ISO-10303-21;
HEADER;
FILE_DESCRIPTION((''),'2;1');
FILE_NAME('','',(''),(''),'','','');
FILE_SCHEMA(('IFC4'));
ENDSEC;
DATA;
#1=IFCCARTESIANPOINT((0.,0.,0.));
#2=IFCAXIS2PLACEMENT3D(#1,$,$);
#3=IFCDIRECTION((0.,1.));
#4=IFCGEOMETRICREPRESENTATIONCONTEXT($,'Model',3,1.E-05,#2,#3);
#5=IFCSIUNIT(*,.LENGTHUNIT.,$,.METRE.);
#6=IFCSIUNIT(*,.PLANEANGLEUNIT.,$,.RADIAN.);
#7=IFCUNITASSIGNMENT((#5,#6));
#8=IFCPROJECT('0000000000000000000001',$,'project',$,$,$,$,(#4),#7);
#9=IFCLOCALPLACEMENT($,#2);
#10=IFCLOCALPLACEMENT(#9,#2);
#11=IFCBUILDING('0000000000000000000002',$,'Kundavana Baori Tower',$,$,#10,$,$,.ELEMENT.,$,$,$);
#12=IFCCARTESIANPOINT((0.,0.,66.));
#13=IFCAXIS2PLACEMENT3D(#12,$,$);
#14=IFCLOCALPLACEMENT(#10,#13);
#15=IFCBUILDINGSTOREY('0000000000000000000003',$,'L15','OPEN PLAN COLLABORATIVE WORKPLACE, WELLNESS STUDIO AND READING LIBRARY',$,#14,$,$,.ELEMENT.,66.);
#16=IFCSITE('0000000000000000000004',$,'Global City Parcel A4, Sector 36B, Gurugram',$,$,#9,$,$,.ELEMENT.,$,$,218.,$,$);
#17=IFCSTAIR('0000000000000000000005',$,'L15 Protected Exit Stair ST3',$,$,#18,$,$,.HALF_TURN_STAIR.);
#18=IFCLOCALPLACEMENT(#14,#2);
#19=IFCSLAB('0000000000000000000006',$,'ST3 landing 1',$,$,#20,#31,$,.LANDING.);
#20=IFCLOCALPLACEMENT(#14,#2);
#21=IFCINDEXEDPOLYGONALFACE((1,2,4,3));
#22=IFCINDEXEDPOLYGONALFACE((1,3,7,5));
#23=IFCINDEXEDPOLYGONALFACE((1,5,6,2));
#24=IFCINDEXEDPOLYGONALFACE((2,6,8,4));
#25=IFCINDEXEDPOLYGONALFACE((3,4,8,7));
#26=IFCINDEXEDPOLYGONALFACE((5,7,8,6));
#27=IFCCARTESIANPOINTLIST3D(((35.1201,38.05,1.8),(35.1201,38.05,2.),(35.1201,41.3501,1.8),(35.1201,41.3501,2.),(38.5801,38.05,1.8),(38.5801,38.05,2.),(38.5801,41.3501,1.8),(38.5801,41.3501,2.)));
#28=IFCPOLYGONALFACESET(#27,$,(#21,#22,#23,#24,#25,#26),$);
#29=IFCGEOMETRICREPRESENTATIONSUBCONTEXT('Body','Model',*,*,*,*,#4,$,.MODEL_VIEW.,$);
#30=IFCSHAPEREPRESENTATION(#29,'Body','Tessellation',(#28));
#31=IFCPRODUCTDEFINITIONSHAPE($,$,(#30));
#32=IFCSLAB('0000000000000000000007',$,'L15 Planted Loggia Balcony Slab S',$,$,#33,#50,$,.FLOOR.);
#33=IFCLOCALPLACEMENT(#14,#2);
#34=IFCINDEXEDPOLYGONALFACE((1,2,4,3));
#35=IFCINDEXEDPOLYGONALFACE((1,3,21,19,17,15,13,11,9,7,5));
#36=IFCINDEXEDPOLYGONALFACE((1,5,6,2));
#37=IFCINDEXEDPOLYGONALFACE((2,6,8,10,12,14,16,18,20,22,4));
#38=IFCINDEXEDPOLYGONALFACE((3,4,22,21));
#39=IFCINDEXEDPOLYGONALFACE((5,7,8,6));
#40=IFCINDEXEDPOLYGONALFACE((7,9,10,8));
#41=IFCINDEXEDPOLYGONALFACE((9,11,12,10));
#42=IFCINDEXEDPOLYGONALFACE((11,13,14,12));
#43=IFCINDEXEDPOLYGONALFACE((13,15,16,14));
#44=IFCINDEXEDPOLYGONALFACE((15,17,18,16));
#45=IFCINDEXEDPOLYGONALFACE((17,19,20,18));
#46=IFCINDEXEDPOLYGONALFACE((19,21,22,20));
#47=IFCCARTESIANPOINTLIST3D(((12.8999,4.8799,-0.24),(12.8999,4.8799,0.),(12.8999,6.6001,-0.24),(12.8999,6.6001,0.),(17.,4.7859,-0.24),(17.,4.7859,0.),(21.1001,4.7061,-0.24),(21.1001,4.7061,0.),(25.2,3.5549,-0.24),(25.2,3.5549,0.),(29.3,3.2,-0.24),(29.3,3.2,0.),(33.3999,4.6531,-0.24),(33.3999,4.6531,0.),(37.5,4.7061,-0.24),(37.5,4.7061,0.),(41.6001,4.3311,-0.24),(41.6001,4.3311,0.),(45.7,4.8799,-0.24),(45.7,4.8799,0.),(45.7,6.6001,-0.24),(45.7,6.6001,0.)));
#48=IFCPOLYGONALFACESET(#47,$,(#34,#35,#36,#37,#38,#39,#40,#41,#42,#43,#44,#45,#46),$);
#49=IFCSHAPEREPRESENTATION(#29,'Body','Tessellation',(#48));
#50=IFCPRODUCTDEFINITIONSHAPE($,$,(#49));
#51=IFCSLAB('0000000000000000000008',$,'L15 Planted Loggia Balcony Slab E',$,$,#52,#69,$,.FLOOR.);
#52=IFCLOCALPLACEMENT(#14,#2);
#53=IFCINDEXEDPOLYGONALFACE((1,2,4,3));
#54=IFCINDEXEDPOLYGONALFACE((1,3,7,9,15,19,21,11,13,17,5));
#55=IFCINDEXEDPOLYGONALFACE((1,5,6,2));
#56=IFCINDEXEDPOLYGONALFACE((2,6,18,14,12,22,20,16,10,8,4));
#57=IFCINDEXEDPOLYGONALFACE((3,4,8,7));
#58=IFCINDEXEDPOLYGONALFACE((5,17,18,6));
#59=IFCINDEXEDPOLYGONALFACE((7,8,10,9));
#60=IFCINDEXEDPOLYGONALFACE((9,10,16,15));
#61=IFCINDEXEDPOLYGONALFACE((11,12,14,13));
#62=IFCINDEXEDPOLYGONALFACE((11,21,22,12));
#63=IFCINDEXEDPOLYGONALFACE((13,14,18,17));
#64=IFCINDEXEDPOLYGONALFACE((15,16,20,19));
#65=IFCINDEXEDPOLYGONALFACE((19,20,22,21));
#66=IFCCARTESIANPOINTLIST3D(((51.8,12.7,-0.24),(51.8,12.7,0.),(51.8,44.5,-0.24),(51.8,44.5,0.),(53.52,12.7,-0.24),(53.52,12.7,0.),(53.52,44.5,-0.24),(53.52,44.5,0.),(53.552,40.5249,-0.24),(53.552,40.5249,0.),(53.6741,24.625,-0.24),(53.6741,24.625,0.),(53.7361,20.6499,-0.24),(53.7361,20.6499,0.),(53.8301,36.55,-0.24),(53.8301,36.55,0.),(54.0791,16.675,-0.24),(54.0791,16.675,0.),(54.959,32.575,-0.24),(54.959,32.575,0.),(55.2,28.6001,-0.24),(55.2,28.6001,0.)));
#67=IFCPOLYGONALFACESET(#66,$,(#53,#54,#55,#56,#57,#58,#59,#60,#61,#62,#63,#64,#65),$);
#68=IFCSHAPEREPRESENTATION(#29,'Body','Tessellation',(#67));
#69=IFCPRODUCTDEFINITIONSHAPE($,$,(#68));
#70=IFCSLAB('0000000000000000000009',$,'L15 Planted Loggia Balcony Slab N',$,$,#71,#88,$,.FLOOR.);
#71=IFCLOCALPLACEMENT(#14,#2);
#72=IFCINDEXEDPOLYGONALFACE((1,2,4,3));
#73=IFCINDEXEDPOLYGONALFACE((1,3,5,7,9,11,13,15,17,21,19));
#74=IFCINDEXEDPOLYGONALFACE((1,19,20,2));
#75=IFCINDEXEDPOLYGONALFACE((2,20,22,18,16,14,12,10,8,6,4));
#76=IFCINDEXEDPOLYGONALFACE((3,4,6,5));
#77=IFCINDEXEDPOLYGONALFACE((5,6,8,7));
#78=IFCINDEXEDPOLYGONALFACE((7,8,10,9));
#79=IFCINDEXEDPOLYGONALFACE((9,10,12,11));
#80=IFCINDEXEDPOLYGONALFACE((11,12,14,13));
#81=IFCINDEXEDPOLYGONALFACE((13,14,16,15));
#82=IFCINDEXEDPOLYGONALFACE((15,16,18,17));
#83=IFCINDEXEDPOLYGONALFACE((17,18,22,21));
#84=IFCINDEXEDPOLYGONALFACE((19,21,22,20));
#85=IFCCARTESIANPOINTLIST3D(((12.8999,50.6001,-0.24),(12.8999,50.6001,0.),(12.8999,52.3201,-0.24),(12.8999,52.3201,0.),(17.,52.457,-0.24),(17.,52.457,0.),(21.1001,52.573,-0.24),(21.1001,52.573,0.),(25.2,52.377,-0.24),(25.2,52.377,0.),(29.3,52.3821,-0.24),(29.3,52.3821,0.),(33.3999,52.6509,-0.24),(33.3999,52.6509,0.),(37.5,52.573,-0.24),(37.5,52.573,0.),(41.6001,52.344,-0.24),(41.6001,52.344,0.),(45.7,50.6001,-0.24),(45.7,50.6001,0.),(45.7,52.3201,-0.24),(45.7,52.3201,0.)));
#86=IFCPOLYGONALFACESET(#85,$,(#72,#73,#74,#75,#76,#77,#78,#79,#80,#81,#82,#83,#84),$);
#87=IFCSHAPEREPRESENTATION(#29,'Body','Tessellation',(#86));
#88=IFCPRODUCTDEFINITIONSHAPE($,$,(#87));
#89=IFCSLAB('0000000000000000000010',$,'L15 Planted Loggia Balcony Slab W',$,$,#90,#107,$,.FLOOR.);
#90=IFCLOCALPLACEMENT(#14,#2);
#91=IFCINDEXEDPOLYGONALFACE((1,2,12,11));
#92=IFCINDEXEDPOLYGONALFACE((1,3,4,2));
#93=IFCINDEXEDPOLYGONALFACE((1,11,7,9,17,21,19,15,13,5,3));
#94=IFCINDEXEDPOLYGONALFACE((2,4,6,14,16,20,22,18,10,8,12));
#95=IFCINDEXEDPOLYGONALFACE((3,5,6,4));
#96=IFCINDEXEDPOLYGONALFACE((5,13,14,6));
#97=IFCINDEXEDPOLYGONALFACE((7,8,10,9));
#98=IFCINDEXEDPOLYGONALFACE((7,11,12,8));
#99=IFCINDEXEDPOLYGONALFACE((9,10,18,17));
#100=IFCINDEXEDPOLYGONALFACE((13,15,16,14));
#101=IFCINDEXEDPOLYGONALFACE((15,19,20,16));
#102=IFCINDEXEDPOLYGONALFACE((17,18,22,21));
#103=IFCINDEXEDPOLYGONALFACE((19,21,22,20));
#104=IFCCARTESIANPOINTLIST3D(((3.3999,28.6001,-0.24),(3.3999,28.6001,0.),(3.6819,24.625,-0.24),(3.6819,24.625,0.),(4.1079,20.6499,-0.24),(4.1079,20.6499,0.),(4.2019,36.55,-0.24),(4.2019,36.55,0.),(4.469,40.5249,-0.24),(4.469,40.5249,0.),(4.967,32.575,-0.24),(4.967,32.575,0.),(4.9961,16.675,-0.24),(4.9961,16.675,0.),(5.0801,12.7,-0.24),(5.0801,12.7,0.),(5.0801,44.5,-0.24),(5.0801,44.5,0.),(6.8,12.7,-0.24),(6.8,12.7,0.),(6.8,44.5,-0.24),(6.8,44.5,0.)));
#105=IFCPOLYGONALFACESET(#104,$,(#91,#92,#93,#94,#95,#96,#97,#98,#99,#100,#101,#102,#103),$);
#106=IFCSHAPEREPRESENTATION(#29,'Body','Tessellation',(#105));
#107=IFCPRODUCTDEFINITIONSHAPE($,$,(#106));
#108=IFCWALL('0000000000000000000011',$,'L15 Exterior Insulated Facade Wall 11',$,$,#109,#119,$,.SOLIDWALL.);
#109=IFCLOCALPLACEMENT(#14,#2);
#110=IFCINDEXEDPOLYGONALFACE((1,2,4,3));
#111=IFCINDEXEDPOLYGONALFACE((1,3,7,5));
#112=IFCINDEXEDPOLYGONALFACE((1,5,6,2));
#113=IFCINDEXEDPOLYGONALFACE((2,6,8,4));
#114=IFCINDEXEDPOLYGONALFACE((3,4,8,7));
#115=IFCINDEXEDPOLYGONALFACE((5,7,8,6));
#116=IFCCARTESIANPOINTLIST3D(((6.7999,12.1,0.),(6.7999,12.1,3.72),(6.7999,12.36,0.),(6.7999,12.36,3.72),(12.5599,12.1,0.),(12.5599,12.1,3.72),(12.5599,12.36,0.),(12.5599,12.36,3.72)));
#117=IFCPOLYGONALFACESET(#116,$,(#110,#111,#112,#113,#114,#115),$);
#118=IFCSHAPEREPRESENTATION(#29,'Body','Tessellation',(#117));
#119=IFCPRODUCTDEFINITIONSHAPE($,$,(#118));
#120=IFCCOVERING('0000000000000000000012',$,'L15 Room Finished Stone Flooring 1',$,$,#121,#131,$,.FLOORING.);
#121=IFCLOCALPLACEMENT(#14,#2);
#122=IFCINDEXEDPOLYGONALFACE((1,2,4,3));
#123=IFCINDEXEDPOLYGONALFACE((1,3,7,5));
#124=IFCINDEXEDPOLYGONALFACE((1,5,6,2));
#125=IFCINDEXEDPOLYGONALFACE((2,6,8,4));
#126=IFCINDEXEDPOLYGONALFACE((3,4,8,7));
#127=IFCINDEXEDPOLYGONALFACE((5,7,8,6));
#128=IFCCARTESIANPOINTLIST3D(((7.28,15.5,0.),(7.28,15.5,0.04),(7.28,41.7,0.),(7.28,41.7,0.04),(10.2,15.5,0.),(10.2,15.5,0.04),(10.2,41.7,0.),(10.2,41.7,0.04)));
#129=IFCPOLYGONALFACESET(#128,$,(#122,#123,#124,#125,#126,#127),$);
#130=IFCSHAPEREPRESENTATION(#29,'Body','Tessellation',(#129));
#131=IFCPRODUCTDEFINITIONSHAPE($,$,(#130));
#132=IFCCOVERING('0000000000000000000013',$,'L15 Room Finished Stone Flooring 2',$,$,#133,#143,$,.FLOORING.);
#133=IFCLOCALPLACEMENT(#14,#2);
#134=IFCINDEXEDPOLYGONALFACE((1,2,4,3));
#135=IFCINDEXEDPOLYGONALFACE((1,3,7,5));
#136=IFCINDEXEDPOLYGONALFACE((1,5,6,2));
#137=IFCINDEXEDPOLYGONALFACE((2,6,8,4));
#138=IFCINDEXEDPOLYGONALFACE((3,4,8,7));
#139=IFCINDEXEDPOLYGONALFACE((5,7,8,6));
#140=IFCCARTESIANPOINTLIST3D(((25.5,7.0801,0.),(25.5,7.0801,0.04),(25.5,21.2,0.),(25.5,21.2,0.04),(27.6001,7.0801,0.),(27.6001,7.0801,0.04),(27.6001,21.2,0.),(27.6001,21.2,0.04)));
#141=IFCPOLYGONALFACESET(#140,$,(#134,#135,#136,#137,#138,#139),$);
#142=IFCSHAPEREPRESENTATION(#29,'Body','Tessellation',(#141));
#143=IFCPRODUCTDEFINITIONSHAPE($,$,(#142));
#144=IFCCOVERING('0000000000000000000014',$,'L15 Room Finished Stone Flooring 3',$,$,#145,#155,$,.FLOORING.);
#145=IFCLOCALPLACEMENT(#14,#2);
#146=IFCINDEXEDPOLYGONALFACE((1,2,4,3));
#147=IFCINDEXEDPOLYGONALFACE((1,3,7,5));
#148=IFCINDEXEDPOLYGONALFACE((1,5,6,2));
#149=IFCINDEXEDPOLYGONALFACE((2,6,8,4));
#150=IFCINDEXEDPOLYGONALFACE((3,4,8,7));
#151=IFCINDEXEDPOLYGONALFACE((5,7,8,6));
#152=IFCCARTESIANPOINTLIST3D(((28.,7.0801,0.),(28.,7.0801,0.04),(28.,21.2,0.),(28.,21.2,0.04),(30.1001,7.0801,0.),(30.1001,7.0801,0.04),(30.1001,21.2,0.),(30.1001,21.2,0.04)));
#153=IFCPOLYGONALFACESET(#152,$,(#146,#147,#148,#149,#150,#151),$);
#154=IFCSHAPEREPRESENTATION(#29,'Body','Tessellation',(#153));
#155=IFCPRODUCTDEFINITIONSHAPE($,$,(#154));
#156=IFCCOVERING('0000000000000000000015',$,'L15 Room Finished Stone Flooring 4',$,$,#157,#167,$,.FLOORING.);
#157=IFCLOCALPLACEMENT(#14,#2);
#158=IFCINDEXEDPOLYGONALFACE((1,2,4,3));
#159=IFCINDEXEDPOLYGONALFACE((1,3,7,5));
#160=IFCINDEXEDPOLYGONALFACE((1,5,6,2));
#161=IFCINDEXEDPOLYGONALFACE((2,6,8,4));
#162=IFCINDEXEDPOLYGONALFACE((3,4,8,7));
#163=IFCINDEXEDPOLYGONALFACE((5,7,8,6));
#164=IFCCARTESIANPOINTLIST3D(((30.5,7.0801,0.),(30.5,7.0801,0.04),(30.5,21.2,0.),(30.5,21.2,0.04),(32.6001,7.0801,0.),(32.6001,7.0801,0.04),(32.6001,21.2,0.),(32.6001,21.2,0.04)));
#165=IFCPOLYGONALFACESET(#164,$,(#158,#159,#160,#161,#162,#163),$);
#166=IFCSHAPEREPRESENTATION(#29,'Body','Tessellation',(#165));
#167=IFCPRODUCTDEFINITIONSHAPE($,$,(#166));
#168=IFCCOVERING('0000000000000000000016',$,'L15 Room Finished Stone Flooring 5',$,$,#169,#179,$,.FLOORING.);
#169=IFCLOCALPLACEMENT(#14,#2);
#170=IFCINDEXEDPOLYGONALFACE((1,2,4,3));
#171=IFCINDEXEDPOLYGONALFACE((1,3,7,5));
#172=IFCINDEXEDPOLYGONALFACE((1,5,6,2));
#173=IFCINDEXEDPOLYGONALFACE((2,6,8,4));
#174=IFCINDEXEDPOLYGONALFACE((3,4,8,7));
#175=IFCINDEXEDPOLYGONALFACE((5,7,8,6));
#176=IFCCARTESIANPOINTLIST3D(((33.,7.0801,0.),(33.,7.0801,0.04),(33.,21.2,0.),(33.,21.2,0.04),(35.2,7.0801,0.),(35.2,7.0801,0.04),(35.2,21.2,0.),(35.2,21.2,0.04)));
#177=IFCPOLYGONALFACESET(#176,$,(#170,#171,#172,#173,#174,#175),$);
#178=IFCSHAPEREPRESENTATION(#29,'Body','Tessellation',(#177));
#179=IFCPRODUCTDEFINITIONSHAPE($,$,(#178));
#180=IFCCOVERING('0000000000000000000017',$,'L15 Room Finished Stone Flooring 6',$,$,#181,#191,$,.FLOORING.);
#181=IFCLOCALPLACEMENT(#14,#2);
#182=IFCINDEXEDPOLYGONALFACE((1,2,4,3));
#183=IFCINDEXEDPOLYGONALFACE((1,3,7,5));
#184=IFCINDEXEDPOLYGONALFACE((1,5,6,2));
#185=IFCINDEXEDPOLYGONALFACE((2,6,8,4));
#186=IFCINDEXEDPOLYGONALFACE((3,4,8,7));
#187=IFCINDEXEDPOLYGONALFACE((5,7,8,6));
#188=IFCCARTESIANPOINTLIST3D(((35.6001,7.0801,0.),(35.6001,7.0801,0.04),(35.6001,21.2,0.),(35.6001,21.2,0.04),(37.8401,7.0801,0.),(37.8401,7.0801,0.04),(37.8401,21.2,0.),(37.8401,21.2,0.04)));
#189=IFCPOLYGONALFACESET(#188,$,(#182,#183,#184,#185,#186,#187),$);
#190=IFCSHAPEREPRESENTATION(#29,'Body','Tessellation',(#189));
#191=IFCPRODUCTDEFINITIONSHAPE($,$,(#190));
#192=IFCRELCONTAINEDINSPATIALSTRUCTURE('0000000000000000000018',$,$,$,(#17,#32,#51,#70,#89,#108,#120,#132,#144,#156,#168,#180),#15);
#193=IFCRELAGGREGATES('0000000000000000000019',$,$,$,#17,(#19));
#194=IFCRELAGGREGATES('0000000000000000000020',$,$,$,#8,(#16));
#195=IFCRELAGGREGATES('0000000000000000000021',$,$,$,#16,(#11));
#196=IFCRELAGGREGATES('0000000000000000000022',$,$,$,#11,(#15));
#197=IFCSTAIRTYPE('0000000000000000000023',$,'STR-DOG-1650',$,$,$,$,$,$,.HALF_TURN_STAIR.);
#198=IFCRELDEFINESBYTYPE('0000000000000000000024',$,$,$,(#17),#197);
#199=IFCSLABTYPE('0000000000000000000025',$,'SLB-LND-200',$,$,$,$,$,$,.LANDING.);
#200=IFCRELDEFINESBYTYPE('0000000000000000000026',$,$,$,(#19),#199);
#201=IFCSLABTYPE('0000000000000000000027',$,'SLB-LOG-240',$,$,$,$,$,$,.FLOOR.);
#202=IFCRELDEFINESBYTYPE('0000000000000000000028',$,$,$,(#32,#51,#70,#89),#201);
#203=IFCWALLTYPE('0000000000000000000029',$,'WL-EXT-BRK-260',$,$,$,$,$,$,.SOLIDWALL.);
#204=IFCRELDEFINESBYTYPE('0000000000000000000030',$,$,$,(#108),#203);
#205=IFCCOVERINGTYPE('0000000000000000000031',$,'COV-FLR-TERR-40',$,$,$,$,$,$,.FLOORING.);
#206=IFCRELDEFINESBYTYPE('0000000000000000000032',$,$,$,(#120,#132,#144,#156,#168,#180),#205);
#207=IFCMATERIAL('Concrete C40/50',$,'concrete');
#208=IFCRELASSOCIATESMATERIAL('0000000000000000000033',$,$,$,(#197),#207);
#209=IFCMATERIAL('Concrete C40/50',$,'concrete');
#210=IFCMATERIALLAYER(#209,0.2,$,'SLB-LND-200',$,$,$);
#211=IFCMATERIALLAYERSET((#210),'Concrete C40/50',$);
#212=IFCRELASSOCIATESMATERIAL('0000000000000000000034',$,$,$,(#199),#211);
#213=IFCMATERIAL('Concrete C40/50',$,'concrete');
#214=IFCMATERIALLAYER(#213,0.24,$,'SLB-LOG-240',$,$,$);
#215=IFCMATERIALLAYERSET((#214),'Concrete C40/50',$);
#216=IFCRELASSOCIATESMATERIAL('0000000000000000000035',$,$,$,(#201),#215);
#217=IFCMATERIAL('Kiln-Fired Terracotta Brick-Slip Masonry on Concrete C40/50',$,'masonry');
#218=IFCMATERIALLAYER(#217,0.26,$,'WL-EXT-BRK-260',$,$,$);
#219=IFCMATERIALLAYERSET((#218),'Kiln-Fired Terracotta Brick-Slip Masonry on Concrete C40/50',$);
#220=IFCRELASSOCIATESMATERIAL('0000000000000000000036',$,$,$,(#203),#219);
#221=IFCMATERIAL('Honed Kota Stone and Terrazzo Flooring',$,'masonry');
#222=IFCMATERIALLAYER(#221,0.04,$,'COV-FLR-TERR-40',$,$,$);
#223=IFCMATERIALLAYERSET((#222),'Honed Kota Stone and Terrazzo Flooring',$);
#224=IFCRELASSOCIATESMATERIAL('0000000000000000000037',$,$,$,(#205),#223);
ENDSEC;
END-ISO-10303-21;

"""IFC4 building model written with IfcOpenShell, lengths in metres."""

from ifc_helpers import new_model, si_unit, direction, frame, frame_2d, origin, place, context, subcontext, project, spatial, polyline, rectangle, outline, extrude, material, layer, layer_set, type_object, element, aggregate, save


model = new_model("IFC4")

# Units and contexts
model_context = context("Model", 3, precision=1e-05, world=origin(), true_north=direction((0.0, 1.0)))
body_context = subcontext(model_context, "Body", "Model", "MODEL_VIEW")
ifc_project = project(units=[si_unit("LENGTHUNIT", "METRE"), si_unit("PLANEANGLEUNIT", "RADIAN")], contexts=[model_context])

# Site, building, storey
site_placement = place(None, origin())
site = spatial("IfcSite", under=ifc_project, at=site_placement, Name="Global City Parcel A4, Sector 36B, Gurugram", CompositionType="ELEMENT", RefElevation=218.0)
building_placement = place(site_placement, origin())
building = spatial("IfcBuilding", under=site, at=building_placement, Name="Kundavana Baori Tower", CompositionType="ELEMENT")
storey_placement = place(building_placement, frame((0.0, 0.0, 66.0)))
storey = spatial("IfcBuildingStorey", under=building, at=storey_placement, Name="L15", Description="OPEN PLAN COLLABORATIVE WORKPLACE, WELLNESS STUDIO AND READING LIBRARY", CompositionType="ELEMENT", Elevation=66.0)

# Stair, slab
ifc_material_1 = material(Name="Concrete C40/50", Category="concrete")
stair_type = type_object("IfcStairType", Name="STR-DOG-1650", PredefinedType="HALF_TURN_STAIR", material=ifc_material_1)
ifc_material_2 = material(Name="Concrete C40/50", Category="concrete")
ifc_layer_1 = layer(ifc_material_2, 0.2, Name="SLB-LND-200")
ifc_layer_set_1 = layer_set([ifc_layer_1], Name="Concrete C40/50")
slab_type_1 = type_object("IfcSlabType", Name="SLB-LND-200", PredefinedType="LANDING", material=ifc_layer_set_1)
stair_1_placement = place(storey_placement, origin())
stair_1 = element("IfcStair", 1, at=stair_1_placement, inside=storey, type_object=stair_type, Name="L15 Protected Exit Stair ST3", PredefinedType="HALF_TURN_STAIR")
slab_1_placement = place(storey_placement, frame((0.0, 0.0, 1.8)))
slab_1 = element("IfcSlab", 2, at=slab_1_placement, type_object=slab_type_1, Name="ST3 landing 1", PredefinedType="LANDING", context=body_context, shape_type="SweptSolid", body=[
    extrude(outline(polyline([(38.5801, 38.05), (38.5801, 41.3501), (35.1201, 41.3501), (35.1201, 38.05), (38.5801, 38.05)])), origin(), (0.0, 0.0, 1.0), 0.2),
])
aggregate(stair_1, [slab_1])

# Slabs
ifc_material_3 = material(Name="Concrete C40/50", Category="concrete")
ifc_layer_2 = layer(ifc_material_3, 0.24, Name="SLB-LOG-240")
ifc_layer_set_2 = layer_set([ifc_layer_2], Name="Concrete C40/50")
slab_type_2 = type_object("IfcSlabType", Name="SLB-LOG-240", PredefinedType="FLOOR", material=ifc_layer_set_2)
slab_2_placement = place(storey_placement, frame((0.0, 0.0, -0.24)))
element("IfcSlab", 3, at=slab_2_placement, inside=storey, type_object=slab_type_2, Name="L15 Planted Loggia Balcony Slab S", PredefinedType="FLOOR", context=body_context, shape_type="SweptSolid", body=[
    extrude(outline(polyline([(12.8999, 6.6001), (45.7, 6.6001), (45.7, 4.8799), (41.6001, 4.3311), (37.5, 4.7061), (33.3999, 4.6531), (29.3, 3.2), (25.2, 3.5549), (21.1001, 4.7061), (17.0, 4.7859), (12.8999, 4.8799), (12.8999, 6.6001)])), origin(), (0.0, 0.0, 1.0), 0.24),
])
slab_3_placement = place(storey_placement, frame((0.0, 0.0, -0.24)))
element("IfcSlab", 4, at=slab_3_placement, inside=storey, type_object=slab_type_2, Name="L15 Planted Loggia Balcony Slab E", PredefinedType="FLOOR", context=body_context, shape_type="SweptSolid", body=[
    extrude(outline(polyline([(51.8, 12.7), (51.8, 44.5), (53.52, 44.5), (53.552, 40.5249), (53.8301, 36.55), (54.959, 32.575), (55.2, 28.6001), (53.6741, 24.625), (53.7361, 20.6499), (54.0791, 16.675), (53.52, 12.7), (51.8, 12.7)])), origin(), (0.0, 0.0, 1.0), 0.24),
])
slab_4_placement = place(storey_placement, frame((0.0, 0.0, -0.24)))
element("IfcSlab", 5, at=slab_4_placement, inside=storey, type_object=slab_type_2, Name="L15 Planted Loggia Balcony Slab N", PredefinedType="FLOOR", context=body_context, shape_type="SweptSolid", body=[
    extrude(outline(polyline([(45.7, 50.6001), (12.8999, 50.6001), (12.8999, 52.3201), (17.0, 52.457), (21.1001, 52.573), (25.2, 52.377), (29.3, 52.3821), (33.3999, 52.6509), (37.5, 52.573), (41.6001, 52.344), (45.7, 52.3201), (45.7, 50.6001)])), origin(), (0.0, 0.0, 1.0), 0.24),
])
slab_5_placement = place(storey_placement, frame((0.0, 0.0, -0.24)))
element("IfcSlab", 6, at=slab_5_placement, inside=storey, type_object=slab_type_2, Name="L15 Planted Loggia Balcony Slab W", PredefinedType="FLOOR", context=body_context, shape_type="SweptSolid", body=[
    extrude(outline(polyline([(6.8, 44.5), (6.8, 12.7), (5.0801, 12.7), (4.9961, 16.675), (4.1079, 20.6499), (3.6819, 24.625), (3.3999, 28.6001), (4.967, 32.575), (4.2019, 36.55), (4.469, 40.5249), (5.0801, 44.5), (6.8, 44.5)])), origin(), (0.0, 0.0, 1.0), 0.24),
])

# Wall
ifc_material_4 = material(Name="Kiln-Fired Terracotta Brick-Slip Masonry on Concrete C40/50", Category="masonry")
ifc_layer_3 = layer(ifc_material_4, 0.26, Name="WL-EXT-BRK-260")
ifc_layer_set_3 = layer_set([ifc_layer_3], Name="Kiln-Fired Terracotta Brick-Slip Masonry on Concrete C40/50")
wall_type = type_object("IfcWallType", Name="WL-EXT-BRK-260", PredefinedType="SOLIDWALL", material=ifc_layer_set_3)
wall_placement = place(storey_placement, frame((6.8, 12.23, 0.0), z_axis=(0.0, 0.0, 1.0), x_axis=(1.0, 0.0, 0.0)))
element("IfcWall", 7, at=wall_placement, inside=storey, type_object=wall_type, Name="L15 Exterior Insulated Facade Wall 11", PredefinedType="SOLIDWALL", context=body_context, shape_type="SweptSolid", body=[
    extrude(rectangle(XDim=5.76, YDim=0.26, at=frame_2d((2.8799, 0.0))), origin(), (0.0, 0.0, 1.0), 3.72),
])

# Coverings
ifc_material_5 = material(Name="Honed Kota Stone and Terrazzo Flooring", Category="masonry")
ifc_layer_4 = layer(ifc_material_5, 0.04, Name="COV-FLR-TERR-40")
ifc_layer_set_4 = layer_set([ifc_layer_4], Name="Honed Kota Stone and Terrazzo Flooring")
covering_type_1 = type_object("IfcCoveringType", Name="COV-FLR-TERR-40", PredefinedType="FLOORING", material=ifc_layer_set_4)
covering_1_placement = place(storey_placement, origin())
element("IfcCovering", 8, at=covering_1_placement, inside=storey, type_object=covering_type_1, Name="L15 Room Finished Stone Flooring 1", PredefinedType="FLOORING", context=body_context, shape_type="SweptSolid", body=[
    extrude(outline(polyline([(7.28, 15.5), (10.2, 15.5), (10.2, 41.7), (7.28, 41.7), (7.28, 15.5)])), origin(), (0.0, 0.0, 1.0), 0.04),
])
covering_2_placement = place(storey_placement, origin())
element("IfcCovering", 9, at=covering_2_placement, inside=storey, type_object=covering_type_1, Name="L15 Room Finished Stone Flooring 2", PredefinedType="FLOORING", context=body_context, shape_type="SweptSolid", body=[
    extrude(outline(polyline([(25.5, 7.0801), (27.6001, 7.0801), (27.6001, 21.2), (25.5, 21.2), (25.5, 7.0801)])), origin(), (0.0, 0.0, 1.0), 0.04),
])
covering_3_placement = place(storey_placement, origin())
element("IfcCovering", 10, at=covering_3_placement, inside=storey, type_object=covering_type_1, Name="L15 Room Finished Stone Flooring 3", PredefinedType="FLOORING", context=body_context, shape_type="SweptSolid", body=[
    extrude(outline(polyline([(28.0, 7.0801), (30.1001, 7.0801), (30.1001, 21.2), (28.0, 21.2), (28.0, 7.0801)])), origin(), (0.0, 0.0, 1.0), 0.04),
])
covering_4_placement = place(storey_placement, origin())
element("IfcCovering", 11, at=covering_4_placement, inside=storey, type_object=covering_type_1, Name="L15 Room Finished Stone Flooring 4", PredefinedType="FLOORING", context=body_context, shape_type="SweptSolid", body=[
    extrude(outline(polyline([(30.5, 7.0801), (32.6001, 7.0801), (32.6001, 21.2), (30.5, 21.2), (30.5, 7.0801)])), origin(), (0.0, 0.0, 1.0), 0.04),
])
covering_5_placement = place(storey_placement, origin())
element("IfcCovering", 12, at=covering_5_placement, inside=storey, type_object=covering_type_1, Name="L15 Room Finished Stone Flooring 5", PredefinedType="FLOORING", context=body_context, shape_type="SweptSolid", body=[
    extrude(outline(polyline([(33.0, 7.0801), (35.2, 7.0801), (35.2, 21.2), (33.0, 21.2), (33.0, 7.0801)])), origin(), (0.0, 0.0, 1.0), 0.04),
])
covering_6_placement = place(storey_placement, origin())
element("IfcCovering", 13, at=covering_6_placement, inside=storey, type_object=covering_type_1, Name="L15 Room Finished Stone Flooring 6", PredefinedType="FLOORING", context=body_context, shape_type="SweptSolid", body=[
    extrude(outline(polyline([(35.6001, 7.0801), (37.8401, 7.0801), (37.8401, 21.2), (35.6001, 21.2), (35.6001, 7.0801)])), origin(), (0.0, 0.0, 1.0), 0.04),
])

save(model, "model.ifc")
